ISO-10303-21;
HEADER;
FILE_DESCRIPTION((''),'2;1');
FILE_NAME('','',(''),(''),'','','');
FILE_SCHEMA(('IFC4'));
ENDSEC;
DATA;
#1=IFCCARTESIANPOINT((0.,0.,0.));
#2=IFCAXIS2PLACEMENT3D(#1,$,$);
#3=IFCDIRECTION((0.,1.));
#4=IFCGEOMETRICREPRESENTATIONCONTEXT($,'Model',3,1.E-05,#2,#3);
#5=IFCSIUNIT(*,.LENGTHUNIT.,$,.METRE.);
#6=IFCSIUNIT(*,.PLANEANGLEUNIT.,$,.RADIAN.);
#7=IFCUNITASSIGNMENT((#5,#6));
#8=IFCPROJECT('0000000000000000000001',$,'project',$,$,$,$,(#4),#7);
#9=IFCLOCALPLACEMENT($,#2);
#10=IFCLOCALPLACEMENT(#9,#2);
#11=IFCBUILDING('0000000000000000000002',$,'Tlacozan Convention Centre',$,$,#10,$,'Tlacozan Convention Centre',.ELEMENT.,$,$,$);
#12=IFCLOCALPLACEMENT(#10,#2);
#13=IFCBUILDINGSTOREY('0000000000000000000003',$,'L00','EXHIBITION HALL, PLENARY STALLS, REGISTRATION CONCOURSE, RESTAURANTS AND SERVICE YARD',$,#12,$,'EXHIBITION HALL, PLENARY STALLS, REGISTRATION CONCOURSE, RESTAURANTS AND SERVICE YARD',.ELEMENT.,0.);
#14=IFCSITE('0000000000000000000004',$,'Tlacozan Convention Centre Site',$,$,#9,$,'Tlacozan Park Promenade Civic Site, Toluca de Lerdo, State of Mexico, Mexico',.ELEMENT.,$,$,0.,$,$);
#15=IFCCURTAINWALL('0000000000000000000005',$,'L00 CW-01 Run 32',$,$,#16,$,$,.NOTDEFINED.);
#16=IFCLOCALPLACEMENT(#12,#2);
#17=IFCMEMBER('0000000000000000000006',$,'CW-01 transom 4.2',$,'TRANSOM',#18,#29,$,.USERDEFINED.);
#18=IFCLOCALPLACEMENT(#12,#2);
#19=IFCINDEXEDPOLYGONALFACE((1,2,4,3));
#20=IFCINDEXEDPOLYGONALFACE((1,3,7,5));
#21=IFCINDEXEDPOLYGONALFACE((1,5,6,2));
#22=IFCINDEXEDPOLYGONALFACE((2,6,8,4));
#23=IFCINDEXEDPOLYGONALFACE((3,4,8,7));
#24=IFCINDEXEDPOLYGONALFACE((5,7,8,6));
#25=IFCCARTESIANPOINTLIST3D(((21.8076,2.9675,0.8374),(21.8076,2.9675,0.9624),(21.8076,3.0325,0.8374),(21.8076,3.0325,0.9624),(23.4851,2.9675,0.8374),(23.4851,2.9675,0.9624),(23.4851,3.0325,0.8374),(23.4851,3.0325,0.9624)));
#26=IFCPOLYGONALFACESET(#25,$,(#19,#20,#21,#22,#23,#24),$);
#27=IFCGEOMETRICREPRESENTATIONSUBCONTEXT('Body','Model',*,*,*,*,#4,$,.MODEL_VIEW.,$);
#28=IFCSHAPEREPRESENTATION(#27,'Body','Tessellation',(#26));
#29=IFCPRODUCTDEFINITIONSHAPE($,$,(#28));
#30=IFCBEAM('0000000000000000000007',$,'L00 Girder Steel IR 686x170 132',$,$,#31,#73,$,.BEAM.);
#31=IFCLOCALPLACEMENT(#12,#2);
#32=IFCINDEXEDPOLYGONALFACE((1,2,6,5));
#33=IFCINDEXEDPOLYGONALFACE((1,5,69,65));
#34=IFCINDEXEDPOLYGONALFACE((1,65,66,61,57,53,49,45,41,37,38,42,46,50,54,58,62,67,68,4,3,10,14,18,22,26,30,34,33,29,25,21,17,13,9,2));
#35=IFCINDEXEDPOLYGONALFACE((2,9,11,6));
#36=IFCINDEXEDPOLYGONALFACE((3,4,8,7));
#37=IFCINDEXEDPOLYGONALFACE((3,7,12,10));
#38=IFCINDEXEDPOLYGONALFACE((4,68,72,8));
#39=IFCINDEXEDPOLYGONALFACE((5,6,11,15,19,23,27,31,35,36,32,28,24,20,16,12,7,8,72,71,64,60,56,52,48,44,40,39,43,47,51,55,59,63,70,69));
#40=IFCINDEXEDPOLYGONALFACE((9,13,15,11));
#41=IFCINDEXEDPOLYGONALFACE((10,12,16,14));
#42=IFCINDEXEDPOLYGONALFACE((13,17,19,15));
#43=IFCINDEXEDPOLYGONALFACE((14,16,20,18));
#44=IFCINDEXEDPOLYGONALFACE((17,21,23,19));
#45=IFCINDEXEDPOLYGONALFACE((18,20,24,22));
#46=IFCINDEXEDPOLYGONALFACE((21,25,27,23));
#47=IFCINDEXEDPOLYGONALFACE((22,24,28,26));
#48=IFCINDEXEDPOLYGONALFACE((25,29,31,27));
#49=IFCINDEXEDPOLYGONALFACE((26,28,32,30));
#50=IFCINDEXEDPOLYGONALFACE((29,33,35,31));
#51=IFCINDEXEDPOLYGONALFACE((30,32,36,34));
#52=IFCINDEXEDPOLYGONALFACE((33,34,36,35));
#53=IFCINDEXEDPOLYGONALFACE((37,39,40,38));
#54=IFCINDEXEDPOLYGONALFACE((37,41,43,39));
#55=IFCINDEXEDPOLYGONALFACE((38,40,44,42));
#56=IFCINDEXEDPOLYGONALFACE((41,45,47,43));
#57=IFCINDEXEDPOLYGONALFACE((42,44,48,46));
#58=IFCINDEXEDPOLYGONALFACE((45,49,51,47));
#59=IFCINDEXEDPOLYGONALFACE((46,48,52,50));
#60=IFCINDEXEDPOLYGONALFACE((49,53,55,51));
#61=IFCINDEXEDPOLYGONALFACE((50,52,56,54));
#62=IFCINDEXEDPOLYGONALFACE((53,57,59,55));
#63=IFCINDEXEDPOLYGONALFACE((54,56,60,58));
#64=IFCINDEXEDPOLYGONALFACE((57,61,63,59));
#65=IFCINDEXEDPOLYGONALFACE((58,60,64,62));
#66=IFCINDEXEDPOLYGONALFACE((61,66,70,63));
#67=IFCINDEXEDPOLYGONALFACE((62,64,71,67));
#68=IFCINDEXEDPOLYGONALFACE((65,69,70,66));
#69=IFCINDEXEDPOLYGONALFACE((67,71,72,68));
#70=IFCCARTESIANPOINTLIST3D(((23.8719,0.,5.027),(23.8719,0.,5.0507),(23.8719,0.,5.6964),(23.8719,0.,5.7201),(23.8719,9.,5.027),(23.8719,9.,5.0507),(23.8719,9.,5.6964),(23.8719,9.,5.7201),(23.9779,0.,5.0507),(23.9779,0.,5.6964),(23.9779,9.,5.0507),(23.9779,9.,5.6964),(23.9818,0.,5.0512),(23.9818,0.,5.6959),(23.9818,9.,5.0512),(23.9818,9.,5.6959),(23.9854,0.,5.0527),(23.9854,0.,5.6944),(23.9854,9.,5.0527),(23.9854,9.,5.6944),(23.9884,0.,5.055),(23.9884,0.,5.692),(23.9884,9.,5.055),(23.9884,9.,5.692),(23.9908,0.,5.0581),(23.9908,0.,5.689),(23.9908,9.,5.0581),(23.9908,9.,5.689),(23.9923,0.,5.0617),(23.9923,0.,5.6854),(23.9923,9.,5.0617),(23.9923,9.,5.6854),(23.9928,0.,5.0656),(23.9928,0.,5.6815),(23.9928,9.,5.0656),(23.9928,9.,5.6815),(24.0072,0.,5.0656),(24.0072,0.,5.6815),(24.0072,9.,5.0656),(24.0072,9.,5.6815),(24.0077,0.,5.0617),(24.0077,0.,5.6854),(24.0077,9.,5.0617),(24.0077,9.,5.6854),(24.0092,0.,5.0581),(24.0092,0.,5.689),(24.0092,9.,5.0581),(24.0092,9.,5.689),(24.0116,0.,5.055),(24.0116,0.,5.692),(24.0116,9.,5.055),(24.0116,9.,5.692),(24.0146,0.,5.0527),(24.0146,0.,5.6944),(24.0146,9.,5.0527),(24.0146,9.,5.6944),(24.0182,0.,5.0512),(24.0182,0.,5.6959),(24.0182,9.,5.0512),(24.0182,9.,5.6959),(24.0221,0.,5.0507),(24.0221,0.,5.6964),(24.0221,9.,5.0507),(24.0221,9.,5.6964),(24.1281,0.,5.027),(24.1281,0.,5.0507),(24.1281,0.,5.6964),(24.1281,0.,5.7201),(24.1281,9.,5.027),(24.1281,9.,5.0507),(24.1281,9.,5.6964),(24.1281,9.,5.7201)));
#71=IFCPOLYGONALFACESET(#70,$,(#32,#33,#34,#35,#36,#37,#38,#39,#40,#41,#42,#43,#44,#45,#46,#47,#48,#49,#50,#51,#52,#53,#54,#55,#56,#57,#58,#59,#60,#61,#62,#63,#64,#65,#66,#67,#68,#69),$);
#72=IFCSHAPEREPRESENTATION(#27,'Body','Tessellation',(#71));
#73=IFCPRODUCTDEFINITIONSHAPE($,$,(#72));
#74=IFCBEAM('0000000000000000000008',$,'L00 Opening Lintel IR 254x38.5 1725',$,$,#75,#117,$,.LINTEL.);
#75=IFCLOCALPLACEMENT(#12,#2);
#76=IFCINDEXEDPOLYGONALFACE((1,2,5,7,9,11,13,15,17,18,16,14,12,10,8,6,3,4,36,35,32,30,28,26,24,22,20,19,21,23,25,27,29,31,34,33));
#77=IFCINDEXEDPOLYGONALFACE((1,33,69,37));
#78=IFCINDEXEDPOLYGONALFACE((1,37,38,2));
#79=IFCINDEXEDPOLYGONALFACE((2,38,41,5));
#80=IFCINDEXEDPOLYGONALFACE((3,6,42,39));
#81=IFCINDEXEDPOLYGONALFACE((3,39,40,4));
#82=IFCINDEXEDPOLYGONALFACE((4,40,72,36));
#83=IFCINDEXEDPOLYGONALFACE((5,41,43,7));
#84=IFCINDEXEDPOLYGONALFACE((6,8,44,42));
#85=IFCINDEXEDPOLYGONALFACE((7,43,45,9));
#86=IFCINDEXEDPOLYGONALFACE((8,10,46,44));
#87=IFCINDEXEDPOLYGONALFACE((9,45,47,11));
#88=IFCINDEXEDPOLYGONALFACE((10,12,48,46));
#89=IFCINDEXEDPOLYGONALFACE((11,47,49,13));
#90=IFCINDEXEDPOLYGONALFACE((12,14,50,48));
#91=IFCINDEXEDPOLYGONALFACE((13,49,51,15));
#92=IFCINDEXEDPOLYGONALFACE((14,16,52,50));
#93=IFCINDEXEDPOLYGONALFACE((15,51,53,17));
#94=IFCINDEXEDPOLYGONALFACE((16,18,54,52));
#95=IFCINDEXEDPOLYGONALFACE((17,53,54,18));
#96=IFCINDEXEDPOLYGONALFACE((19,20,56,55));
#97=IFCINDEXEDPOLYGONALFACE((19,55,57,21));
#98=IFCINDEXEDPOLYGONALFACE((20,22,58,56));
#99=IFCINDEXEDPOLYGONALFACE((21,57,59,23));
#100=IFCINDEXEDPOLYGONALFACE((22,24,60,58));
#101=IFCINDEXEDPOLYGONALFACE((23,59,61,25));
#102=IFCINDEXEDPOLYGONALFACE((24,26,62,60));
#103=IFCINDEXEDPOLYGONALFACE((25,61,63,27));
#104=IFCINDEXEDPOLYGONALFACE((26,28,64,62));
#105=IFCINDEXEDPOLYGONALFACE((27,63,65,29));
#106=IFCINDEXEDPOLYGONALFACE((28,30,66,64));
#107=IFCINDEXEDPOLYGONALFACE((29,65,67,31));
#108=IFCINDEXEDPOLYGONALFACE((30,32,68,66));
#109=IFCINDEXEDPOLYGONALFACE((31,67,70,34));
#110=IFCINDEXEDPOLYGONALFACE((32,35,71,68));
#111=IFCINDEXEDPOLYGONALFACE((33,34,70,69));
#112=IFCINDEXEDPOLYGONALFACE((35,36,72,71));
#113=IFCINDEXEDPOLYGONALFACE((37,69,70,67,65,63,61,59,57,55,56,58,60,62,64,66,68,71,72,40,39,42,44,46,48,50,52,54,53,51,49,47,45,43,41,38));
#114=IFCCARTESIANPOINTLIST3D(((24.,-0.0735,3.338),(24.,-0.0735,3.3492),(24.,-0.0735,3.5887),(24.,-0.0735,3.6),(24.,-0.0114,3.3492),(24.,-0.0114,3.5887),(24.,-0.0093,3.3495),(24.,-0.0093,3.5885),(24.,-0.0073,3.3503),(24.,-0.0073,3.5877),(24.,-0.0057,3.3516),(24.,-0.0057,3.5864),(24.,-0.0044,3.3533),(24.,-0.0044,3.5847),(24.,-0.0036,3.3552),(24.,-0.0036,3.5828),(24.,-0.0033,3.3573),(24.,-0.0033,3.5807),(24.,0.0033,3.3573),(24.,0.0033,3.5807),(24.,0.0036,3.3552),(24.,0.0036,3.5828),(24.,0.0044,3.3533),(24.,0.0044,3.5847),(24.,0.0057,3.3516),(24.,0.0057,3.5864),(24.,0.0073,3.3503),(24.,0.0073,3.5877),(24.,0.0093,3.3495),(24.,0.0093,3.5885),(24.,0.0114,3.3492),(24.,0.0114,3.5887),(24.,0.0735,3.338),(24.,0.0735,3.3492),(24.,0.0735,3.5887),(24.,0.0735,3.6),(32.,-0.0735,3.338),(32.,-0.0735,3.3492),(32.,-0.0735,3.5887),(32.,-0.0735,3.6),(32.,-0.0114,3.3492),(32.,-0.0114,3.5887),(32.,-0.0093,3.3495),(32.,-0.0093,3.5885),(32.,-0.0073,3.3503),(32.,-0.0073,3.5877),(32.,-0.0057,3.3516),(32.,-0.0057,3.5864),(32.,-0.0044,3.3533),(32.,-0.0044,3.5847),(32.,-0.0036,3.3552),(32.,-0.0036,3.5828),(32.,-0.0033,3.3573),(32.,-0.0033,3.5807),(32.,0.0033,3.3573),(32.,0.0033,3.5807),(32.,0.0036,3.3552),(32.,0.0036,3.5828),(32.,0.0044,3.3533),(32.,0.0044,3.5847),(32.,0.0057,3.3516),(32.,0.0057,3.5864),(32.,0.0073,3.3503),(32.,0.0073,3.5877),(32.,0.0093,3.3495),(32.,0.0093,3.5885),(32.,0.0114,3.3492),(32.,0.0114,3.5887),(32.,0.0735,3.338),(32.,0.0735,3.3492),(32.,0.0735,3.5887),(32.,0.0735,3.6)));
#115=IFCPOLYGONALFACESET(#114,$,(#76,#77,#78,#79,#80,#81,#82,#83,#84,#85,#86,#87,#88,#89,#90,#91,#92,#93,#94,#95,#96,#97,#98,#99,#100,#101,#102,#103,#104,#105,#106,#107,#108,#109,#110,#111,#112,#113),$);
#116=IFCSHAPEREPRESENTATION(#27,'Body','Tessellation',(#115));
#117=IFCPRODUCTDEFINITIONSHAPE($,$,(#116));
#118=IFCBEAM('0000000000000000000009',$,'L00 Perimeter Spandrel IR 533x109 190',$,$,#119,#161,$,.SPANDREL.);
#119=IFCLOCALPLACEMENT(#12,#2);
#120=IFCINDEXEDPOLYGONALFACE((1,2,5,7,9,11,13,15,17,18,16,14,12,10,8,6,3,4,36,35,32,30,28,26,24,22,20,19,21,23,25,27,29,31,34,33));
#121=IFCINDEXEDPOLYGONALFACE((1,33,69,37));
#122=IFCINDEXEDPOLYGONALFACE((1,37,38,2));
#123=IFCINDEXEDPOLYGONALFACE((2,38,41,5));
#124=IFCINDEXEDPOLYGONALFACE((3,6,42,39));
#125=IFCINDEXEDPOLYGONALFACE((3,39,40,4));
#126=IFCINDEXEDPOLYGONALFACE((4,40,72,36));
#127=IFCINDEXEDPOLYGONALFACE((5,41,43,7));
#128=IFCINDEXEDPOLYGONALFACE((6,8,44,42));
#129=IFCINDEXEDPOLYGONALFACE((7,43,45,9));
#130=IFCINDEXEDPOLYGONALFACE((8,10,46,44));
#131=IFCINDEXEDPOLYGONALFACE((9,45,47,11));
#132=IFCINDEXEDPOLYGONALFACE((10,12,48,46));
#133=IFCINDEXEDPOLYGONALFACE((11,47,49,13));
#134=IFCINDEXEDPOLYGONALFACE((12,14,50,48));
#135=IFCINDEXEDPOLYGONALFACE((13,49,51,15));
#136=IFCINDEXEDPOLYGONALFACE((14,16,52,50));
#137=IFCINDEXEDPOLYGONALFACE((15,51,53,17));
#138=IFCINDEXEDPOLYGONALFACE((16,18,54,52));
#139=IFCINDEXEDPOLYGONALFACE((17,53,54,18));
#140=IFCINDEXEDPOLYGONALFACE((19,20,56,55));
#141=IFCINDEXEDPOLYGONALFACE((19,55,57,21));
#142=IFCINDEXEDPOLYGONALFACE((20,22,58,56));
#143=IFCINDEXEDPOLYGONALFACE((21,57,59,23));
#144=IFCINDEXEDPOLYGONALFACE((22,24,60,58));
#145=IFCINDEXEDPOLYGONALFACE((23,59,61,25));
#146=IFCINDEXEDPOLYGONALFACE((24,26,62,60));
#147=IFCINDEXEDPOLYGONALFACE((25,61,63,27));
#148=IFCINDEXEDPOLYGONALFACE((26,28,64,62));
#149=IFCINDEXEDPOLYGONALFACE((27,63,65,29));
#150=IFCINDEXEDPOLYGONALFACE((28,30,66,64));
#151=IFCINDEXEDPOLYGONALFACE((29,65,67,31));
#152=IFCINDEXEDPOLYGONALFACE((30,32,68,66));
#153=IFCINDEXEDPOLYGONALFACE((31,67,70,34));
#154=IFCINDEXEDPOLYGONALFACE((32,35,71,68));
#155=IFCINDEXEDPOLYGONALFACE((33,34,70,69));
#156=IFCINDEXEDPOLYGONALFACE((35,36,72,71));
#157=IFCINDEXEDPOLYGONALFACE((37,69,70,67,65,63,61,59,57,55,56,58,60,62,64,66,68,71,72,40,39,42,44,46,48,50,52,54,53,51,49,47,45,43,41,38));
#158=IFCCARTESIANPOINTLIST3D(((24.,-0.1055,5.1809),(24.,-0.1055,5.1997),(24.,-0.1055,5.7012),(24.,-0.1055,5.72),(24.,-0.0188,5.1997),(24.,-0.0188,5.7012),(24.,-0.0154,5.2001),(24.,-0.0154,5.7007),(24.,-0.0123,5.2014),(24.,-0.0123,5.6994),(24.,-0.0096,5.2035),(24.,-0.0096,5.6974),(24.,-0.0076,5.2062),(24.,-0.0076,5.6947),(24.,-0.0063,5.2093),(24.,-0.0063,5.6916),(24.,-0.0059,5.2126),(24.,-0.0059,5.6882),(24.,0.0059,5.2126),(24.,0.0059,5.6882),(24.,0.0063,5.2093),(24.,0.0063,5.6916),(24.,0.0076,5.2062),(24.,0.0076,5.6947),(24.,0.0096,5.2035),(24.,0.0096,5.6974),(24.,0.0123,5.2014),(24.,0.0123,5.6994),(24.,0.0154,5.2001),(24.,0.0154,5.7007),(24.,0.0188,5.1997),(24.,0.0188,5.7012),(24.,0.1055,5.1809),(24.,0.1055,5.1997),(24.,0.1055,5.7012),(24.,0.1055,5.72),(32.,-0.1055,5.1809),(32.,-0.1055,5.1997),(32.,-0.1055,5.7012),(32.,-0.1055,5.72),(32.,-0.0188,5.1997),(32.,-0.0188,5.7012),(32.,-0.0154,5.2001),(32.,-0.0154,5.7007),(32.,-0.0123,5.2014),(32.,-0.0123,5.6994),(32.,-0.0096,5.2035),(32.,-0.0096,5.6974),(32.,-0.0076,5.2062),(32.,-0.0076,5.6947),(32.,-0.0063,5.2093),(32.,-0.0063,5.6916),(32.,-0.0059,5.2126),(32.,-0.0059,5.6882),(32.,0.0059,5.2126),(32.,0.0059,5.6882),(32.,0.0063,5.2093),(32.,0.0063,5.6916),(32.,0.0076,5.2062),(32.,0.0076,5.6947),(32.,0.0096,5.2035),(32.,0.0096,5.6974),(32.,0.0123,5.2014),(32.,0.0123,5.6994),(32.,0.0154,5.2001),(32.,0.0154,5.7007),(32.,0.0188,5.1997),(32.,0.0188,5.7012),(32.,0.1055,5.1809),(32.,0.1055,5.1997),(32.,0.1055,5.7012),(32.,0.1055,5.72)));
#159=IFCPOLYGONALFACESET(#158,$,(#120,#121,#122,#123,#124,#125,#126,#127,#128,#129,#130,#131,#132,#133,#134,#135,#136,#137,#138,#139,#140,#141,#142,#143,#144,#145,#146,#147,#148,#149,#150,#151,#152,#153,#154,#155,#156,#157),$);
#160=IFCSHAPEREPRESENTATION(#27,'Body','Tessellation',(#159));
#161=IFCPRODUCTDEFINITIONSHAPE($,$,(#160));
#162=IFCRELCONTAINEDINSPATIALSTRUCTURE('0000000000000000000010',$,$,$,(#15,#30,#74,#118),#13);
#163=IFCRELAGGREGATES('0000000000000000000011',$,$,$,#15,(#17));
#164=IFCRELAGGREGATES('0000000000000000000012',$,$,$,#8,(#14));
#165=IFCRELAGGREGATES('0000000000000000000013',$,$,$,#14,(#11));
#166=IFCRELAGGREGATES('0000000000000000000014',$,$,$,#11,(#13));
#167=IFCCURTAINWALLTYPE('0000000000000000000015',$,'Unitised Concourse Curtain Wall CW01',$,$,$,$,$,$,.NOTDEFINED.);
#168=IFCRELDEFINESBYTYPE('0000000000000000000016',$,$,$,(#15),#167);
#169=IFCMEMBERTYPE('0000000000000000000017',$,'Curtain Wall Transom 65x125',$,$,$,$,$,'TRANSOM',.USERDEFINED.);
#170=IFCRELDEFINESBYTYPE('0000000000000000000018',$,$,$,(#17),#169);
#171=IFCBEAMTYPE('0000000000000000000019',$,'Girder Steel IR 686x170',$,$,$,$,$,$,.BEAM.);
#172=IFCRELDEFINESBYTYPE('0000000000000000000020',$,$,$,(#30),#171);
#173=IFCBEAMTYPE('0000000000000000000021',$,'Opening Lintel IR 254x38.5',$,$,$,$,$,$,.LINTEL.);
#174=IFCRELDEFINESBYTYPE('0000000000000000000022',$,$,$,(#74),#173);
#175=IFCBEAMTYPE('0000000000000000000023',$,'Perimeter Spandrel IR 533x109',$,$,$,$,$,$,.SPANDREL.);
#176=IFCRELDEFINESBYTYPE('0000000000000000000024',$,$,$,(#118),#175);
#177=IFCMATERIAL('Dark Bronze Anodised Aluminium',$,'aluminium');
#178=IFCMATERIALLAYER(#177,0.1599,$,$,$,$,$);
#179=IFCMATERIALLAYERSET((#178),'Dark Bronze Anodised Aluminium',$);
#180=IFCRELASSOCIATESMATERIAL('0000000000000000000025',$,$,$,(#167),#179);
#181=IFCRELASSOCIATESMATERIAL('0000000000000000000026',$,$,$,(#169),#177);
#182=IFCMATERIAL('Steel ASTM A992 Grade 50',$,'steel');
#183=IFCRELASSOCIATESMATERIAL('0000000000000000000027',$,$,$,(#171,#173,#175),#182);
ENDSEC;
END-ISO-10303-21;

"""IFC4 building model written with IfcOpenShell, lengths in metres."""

from ifc_helpers import new_model, si_unit, direction, frame, origin, origin_2d, place, context, subcontext, project, spatial, rectangle, i_section, extrude, material, layer, layer_set, material_profile, profile_set, type_object, element, aggregate, save


model = new_model("IFC4")

# Units and contexts
model_context = context("Model", 3, precision=1e-05, world=origin(), true_north=direction((0.0, 1.0)))
body_context = subcontext(model_context, "Body", "Model", "MODEL_VIEW")
ifc_project = project(units=[si_unit("LENGTHUNIT", "METRE"), si_unit("PLANEANGLEUNIT", "RADIAN")], contexts=[model_context])

# Site, building, storey
site_placement = place(None, origin())
site = spatial("IfcSite", under=ifc_project, at=site_placement, Name="Tlacozan Convention Centre Site", LongName="Tlacozan Park Promenade Civic Site, Toluca de Lerdo, State of Mexico, Mexico", CompositionType="ELEMENT", RefElevation=0.0)
building_placement = place(site_placement, origin())
building = spatial("IfcBuilding", under=site, at=building_placement, Name="Tlacozan Convention Centre", LongName="Tlacozan Convention Centre", CompositionType="ELEMENT")
storey_placement = place(building_placement, origin())
storey = spatial("IfcBuildingStorey", under=building, at=storey_placement, Name="L00", Description="EXHIBITION HALL, PLENARY STALLS, REGISTRATION CONCOURSE, RESTAURANTS AND SERVICE YARD", LongName="EXHIBITION HALL, PLENARY STALLS, REGISTRATION CONCOURSE, RESTAURANTS AND SERVICE YARD", CompositionType="ELEMENT", Elevation=0.0)

# Curtain wall, member
ifc_material_1 = material(Name="Dark Bronze Anodised Aluminium", Category="aluminium")
ifc_layer_1 = layer(ifc_material_1, 0.1599)
ifc_layer_set_1 = layer_set([ifc_layer_1], Name="Dark Bronze Anodised Aluminium")
curtain_wall_type = type_object("IfcCurtainWallType", Name="Unitised Concourse Curtain Wall CW01", PredefinedType="NOTDEFINED", material=ifc_layer_set_1)
curtain_wall_placement = place(storey_placement, origin())
curtain_wall = element("IfcCurtainWall", 1, at=curtain_wall_placement, inside=storey, type_object=curtain_wall_type, Name="L00 CW-01 Run 32", PredefinedType="NOTDEFINED")
ifc_material_profile_1 = material_profile(ifc_material_1, rectangle(XDim=0.0649, YDim=0.125, at=origin_2d()), Name="ALU 65x125")
ifc_profile_set_1 = profile_set([ifc_material_profile_1], Name="Dark Bronze Anodised Aluminium")
member_type_1 = type_object("IfcMemberType", Name="Curtain Wall Transom 65x125", ElementType="TRANSOM", PredefinedType="USERDEFINED", material=ifc_profile_set_1)
member_1_placement = place(storey_placement, frame((21.8076, 3.0, 0.8999), z_axis=(1.0, 0.0, 0.0), x_axis=(0.0, 1.0, 0.0)))
member_1 = element("IfcMember", 2, at=member_1_placement, type_object=member_type_1, Name="CW-01 transom 4.2", ObjectType="TRANSOM", PredefinedType="USERDEFINED", context=body_context, shape_type="SweptSolid", body=[
    extrude(rectangle(XDim=0.0649, YDim=0.125, at=origin_2d()), origin(), (0.0, 0.0, 1.0), 1.6775),
])

# Beams
ifc_material_2 = material(Name="Steel ASTM A992 Grade 50", Category="steel")
ifc_material_profile_2 = material_profile(ifc_material_2, i_section(OverallWidth=0.2561, OverallDepth=0.6931, WebThickness=0.0144, FlangeThickness=0.0237, FilletRadius=0.0149, at=origin_2d()), Name="IR 686x170.0")
ifc_profile_set_2 = profile_set([ifc_material_profile_2], Name="Steel ASTM A992 Grade 50")
beam_type_1 = type_object("IfcBeamType", Name="Girder Steel IR 686x170", PredefinedType="BEAM", material=ifc_profile_set_2)
beam_1_placement = place(storey_placement, frame((24.0, 0.0, 5.3735), z_axis=(0.0, 1.0, 0.0), x_axis=(-1.0, 0.0, 0.0)))
element("IfcBeam", 3, at=beam_1_placement, inside=storey, type_object=beam_type_1, Name="L00 Girder Steel IR 686x170 132", PredefinedType="BEAM", context=body_context, shape_type="SweptSolid", body=[
    extrude(i_section(OverallWidth=0.2561, OverallDepth=0.6931, WebThickness=0.0144, FlangeThickness=0.0237, FilletRadius=0.0149, at=origin_2d()), origin(), (0.0, 0.0, 1.0), 9.0),
])
ifc_material_profile_3 = material_profile(ifc_material_2, i_section(OverallWidth=0.147, OverallDepth=0.262, WebThickness=0.0066, FlangeThickness=0.0112, FilletRadius=0.0081, at=origin_2d()), Name="IR 254x38.5")
ifc_profile_set_3 = profile_set([ifc_material_profile_3], Name="Steel ASTM A992 Grade 50")
beam_type_2 = type_object("IfcBeamType", Name="Opening Lintel IR 254x38.5", PredefinedType="LINTEL", material=ifc_profile_set_3)
beam_2_placement = place(storey_placement, frame((24.0, 0.0, 3.469), z_axis=(1.0, 0.0, 0.0), x_axis=(0.0, 1.0, 0.0)))
element("IfcBeam", 4, at=beam_2_placement, inside=storey, type_object=beam_type_2, Name="L00 Opening Lintel IR 254x38.5 1725", PredefinedType="LINTEL", context=body_context, shape_type="SweptSolid", body=[
    extrude(i_section(OverallWidth=0.147, OverallDepth=0.262, WebThickness=0.0066, FlangeThickness=0.0112, FilletRadius=0.0081, at=origin_2d()), origin(), (0.0, 0.0, 1.0), 8.0),
])
ifc_material_profile_4 = material_profile(ifc_material_2, i_section(OverallWidth=0.2109, OverallDepth=0.5391, WebThickness=0.0117, FlangeThickness=0.0188, FilletRadius=0.0129, at=origin_2d()), Name="IR 533x109.0")
ifc_profile_set_4 = profile_set([ifc_material_profile_4], Name="Steel ASTM A992 Grade 50")
beam_type_3 = type_object("IfcBeamType", Name="Perimeter Spandrel IR 533x109", PredefinedType="SPANDREL", material=ifc_profile_set_4)
beam_3_placement = place(storey_placement, frame((24.0, 0.0, 5.4504), z_axis=(1.0, 0.0, 0.0), x_axis=(0.0, 1.0, 0.0)))
element("IfcBeam", 5, at=beam_3_placement, inside=storey, type_object=beam_type_3, Name="L00 Perimeter Spandrel IR 533x109 190", PredefinedType="SPANDREL", context=body_context, shape_type="SweptSolid", body=[
    extrude(i_section(OverallWidth=0.2109, OverallDepth=0.5391, WebThickness=0.0117, FlangeThickness=0.0188, FilletRadius=0.0129, at=origin_2d()), origin(), (0.0, 0.0, 1.0), 8.0),
])

aggregate(curtain_wall, [member_1])

save(model, "model.ifc")
